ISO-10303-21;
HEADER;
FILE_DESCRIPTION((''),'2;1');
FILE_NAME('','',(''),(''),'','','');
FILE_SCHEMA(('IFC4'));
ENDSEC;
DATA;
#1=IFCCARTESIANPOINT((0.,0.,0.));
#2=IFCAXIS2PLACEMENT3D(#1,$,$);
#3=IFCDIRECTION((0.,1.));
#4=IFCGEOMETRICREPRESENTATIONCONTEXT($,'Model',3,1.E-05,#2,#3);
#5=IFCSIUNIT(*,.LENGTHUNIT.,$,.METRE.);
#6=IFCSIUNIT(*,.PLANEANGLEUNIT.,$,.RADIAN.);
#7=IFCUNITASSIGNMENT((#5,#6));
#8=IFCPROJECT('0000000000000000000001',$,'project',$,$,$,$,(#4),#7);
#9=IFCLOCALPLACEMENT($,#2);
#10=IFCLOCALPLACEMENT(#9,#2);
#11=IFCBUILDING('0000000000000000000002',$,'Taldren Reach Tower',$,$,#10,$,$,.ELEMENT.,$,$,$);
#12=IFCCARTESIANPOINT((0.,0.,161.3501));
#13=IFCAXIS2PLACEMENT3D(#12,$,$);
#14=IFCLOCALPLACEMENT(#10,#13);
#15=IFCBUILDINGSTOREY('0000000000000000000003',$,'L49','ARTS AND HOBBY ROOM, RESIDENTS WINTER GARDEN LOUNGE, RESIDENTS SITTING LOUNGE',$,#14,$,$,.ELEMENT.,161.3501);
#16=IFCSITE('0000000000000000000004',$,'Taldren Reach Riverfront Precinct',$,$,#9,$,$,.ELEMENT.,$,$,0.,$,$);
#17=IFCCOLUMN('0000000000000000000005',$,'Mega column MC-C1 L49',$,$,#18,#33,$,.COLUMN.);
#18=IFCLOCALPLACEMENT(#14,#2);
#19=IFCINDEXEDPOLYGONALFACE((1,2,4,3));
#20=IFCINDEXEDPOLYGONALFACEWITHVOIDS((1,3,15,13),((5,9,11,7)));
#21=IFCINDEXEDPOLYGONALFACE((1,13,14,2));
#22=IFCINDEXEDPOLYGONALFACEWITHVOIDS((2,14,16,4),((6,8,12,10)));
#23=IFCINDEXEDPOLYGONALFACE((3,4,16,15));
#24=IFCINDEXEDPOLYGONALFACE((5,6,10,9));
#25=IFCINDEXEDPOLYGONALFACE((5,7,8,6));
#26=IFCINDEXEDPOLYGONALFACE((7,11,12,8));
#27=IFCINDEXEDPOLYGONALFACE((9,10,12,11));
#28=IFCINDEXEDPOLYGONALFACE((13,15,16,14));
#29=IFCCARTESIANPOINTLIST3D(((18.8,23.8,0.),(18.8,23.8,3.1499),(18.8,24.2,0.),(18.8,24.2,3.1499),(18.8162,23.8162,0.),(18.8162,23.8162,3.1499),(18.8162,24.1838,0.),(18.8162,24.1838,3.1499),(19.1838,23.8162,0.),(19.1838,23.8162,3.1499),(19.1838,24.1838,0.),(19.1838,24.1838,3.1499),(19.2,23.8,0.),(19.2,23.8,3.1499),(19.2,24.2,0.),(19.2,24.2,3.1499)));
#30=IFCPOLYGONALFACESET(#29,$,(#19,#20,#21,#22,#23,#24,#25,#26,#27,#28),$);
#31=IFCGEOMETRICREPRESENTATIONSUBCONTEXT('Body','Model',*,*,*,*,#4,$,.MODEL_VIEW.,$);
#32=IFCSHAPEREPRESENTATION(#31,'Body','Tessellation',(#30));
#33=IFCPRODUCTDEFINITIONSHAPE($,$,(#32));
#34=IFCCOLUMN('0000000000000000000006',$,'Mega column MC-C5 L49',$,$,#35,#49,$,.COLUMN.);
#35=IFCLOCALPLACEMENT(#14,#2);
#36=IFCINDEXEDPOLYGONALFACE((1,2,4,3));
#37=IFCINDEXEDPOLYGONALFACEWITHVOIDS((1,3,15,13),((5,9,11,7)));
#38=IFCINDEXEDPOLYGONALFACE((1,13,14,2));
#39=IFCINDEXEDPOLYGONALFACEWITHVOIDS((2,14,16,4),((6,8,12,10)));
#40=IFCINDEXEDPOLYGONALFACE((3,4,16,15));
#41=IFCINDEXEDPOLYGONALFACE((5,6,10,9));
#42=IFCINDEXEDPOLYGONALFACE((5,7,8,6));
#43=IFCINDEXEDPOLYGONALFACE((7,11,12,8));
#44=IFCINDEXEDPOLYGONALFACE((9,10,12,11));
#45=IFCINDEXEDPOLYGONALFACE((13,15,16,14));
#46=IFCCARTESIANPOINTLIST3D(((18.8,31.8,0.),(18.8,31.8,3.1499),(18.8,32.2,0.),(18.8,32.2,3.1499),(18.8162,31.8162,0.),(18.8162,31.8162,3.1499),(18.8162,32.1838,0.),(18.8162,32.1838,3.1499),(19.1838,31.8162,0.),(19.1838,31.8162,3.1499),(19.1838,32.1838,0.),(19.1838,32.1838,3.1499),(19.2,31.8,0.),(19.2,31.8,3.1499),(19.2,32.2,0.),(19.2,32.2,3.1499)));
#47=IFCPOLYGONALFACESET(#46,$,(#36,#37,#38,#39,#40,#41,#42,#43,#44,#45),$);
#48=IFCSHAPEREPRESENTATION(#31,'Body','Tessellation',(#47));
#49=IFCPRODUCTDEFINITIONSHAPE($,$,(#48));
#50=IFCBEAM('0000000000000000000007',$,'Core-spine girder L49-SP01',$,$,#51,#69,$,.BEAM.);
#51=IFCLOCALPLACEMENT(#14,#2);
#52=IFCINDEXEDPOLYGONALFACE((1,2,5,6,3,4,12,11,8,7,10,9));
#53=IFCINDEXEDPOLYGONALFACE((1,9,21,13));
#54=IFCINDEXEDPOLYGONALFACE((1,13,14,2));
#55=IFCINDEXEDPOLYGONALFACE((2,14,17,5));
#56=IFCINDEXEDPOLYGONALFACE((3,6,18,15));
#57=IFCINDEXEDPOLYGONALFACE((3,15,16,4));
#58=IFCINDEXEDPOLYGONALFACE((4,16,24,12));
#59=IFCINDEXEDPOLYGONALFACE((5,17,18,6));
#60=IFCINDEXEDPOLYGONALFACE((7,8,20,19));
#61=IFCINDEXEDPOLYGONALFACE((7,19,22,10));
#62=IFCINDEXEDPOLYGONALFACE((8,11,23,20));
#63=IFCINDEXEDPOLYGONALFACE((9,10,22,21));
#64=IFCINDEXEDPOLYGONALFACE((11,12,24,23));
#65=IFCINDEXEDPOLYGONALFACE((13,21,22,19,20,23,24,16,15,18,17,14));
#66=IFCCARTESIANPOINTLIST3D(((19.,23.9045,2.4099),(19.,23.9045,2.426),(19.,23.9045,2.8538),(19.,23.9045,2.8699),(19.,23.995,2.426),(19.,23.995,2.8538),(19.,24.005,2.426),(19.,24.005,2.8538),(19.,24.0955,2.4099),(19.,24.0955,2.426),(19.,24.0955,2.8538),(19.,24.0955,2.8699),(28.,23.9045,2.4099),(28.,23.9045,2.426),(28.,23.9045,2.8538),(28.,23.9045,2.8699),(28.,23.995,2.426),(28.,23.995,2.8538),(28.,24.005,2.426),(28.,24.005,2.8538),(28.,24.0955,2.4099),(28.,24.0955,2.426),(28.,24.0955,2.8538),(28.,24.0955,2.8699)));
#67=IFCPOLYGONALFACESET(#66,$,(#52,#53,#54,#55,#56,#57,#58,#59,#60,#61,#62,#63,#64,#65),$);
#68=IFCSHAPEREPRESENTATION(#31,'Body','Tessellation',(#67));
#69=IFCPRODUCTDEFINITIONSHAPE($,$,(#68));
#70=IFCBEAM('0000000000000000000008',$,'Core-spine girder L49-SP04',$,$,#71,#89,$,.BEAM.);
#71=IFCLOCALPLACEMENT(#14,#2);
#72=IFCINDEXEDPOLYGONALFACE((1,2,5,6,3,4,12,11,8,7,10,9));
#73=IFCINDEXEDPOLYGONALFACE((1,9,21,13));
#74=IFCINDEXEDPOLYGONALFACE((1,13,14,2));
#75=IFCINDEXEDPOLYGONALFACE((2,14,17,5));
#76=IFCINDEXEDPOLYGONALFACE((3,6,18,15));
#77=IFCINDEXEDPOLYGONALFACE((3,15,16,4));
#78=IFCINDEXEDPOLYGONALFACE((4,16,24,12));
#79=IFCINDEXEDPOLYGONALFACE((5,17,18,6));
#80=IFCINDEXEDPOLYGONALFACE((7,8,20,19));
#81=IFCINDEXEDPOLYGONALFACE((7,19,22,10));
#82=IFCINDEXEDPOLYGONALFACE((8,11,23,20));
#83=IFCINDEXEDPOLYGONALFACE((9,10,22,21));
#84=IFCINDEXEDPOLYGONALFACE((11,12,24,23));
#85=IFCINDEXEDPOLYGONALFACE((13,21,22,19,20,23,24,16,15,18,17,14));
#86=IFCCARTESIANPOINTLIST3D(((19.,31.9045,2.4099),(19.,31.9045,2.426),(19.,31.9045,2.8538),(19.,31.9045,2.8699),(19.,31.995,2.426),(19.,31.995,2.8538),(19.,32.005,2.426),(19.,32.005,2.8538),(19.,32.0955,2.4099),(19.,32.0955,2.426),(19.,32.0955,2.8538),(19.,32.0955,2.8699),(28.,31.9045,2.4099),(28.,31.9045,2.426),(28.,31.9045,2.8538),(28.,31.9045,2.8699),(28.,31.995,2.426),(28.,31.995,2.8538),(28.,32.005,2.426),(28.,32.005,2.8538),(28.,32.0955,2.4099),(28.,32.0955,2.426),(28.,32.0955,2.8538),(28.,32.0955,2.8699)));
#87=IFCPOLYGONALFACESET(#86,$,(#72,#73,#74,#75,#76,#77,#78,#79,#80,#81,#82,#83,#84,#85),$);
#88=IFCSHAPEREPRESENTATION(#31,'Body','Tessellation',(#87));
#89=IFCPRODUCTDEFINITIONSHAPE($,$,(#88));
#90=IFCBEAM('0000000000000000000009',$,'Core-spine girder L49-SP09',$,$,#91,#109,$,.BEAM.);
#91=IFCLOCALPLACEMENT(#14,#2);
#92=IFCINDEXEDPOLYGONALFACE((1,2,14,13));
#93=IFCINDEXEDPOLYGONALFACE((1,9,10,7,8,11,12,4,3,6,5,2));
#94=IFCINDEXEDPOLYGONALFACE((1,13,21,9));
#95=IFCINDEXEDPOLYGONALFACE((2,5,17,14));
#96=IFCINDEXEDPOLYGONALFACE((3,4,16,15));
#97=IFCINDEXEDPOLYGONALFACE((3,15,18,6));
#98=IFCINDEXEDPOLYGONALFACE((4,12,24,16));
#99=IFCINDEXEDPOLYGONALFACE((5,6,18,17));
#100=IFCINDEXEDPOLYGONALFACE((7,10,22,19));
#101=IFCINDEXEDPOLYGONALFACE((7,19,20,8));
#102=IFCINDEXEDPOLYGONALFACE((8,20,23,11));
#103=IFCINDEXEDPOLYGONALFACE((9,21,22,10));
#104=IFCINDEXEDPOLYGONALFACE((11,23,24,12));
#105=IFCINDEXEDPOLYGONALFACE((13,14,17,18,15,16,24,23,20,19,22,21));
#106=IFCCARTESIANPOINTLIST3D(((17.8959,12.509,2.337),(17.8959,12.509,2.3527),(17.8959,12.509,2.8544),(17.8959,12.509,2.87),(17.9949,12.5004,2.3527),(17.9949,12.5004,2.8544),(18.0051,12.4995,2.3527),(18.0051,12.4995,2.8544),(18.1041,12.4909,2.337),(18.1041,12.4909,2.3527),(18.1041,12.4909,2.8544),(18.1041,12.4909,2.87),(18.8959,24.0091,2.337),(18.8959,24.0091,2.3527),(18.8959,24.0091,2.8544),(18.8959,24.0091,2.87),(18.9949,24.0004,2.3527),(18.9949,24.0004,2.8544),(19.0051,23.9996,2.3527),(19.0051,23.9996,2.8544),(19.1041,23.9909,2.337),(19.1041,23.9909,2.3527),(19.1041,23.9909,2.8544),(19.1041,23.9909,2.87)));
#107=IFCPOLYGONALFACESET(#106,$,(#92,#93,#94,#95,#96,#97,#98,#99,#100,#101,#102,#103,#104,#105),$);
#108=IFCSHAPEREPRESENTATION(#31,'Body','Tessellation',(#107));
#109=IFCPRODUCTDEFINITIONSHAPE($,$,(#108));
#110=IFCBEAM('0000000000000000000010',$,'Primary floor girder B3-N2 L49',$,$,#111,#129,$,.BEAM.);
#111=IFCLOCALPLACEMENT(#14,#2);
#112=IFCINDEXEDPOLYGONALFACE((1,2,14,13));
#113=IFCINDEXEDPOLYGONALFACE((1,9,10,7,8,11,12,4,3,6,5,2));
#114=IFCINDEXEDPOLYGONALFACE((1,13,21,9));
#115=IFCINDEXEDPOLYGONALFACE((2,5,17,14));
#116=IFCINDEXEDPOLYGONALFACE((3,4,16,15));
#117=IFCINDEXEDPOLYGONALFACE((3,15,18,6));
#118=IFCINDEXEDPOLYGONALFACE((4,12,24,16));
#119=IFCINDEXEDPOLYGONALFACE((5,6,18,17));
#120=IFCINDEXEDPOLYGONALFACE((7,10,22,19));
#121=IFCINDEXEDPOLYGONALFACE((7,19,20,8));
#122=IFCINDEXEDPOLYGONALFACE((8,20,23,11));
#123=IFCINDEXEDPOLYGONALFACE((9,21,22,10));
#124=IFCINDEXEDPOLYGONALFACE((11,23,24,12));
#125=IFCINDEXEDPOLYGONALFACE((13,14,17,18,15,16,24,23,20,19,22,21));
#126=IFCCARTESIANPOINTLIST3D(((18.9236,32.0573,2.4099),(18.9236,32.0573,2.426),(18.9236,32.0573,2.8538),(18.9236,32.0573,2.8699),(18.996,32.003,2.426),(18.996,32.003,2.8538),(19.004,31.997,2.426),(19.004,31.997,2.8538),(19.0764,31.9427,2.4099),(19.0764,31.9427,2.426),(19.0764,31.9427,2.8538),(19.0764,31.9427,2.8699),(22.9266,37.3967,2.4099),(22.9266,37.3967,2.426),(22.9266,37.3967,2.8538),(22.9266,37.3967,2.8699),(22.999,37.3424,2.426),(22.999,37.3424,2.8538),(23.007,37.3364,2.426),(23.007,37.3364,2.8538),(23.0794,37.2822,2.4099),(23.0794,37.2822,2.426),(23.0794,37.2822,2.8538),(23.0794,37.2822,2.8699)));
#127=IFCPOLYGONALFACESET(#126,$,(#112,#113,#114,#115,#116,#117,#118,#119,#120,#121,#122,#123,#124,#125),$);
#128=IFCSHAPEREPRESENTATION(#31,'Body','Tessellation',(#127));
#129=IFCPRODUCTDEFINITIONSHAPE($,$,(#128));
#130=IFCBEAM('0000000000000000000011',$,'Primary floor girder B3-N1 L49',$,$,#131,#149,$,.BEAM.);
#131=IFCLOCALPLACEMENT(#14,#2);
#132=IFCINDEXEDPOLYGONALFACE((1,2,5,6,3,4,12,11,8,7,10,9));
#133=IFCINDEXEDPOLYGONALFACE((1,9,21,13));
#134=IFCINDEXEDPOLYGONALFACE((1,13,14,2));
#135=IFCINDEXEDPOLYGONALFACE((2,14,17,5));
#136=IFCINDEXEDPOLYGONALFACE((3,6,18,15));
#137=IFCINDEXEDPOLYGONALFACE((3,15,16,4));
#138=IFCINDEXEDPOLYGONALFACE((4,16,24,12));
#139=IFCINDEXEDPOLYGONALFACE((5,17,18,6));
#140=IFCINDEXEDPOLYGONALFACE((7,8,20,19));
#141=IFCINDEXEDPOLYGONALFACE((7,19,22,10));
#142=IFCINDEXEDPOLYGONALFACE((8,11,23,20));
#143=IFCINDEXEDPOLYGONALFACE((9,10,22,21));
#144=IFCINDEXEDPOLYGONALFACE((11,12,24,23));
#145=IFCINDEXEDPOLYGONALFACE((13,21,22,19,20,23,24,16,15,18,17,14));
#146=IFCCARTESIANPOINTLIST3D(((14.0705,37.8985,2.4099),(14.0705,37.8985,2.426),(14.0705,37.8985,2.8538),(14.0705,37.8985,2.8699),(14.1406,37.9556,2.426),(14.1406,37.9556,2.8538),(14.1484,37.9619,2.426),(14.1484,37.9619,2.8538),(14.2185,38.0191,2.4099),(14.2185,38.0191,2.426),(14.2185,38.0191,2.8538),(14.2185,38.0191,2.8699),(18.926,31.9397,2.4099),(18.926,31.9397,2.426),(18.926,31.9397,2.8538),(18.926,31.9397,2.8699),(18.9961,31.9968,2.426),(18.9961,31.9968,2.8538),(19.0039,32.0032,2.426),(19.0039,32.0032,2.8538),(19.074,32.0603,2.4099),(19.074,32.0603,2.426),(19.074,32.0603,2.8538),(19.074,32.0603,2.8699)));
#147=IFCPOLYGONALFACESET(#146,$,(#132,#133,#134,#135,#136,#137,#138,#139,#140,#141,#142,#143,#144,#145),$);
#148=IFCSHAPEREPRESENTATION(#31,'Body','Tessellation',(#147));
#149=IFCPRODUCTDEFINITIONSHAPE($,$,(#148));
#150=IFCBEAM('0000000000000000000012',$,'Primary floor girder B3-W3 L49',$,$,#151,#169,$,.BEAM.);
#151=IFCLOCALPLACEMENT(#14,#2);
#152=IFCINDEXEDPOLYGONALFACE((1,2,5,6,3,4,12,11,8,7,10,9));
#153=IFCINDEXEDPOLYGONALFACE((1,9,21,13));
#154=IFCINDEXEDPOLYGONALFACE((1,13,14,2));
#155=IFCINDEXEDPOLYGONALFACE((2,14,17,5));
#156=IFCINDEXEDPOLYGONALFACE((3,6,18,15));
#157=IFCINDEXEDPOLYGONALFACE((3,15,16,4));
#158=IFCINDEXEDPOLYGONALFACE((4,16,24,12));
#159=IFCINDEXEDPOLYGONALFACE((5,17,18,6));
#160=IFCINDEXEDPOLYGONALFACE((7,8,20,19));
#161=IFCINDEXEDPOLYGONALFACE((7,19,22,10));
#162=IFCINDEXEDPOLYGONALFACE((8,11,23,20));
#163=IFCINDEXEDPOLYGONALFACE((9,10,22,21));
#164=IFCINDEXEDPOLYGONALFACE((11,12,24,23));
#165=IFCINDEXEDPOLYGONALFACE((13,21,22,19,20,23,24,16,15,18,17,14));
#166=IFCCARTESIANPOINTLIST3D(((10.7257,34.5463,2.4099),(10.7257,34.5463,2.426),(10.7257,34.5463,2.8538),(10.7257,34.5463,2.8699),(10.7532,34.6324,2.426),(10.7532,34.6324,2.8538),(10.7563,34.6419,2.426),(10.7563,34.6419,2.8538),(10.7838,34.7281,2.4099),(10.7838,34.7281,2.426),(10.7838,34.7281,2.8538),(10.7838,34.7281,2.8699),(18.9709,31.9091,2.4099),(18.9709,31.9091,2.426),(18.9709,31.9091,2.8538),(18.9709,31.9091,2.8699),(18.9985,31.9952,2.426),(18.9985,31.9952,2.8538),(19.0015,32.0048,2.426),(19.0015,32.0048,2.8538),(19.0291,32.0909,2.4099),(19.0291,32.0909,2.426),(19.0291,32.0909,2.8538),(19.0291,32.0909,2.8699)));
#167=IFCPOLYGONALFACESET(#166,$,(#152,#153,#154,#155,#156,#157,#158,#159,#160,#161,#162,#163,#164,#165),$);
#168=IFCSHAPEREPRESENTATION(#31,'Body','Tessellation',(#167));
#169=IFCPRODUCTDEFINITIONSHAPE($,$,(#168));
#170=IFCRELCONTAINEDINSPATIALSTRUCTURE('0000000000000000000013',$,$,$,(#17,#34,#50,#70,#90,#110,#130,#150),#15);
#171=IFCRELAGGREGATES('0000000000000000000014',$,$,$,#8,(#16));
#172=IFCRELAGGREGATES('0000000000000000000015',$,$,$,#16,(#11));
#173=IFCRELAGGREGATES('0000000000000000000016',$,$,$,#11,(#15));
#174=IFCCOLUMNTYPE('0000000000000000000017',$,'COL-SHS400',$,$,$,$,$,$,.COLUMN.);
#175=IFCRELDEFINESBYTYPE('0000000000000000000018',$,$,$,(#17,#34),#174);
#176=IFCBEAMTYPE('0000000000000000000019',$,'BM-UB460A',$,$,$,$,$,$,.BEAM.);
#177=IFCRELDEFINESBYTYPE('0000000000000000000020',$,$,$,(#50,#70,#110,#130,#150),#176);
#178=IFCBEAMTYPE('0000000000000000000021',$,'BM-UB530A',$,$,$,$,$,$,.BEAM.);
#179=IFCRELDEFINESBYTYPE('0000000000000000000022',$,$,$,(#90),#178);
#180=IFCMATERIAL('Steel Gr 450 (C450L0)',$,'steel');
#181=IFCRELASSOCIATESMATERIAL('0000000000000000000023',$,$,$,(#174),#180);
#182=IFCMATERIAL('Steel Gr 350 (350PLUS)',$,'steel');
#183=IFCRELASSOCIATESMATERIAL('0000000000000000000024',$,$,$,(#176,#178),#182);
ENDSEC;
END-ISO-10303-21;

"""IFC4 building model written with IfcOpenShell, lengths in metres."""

from ifc_helpers import new_model, si_unit, direction, frame, origin, origin_2d, place, context, subcontext, project, spatial, hollow_rectangle, i_section, extrude, source, transform, mapped, material, material_profile, profile_set, type_object, element, save


model = new_model("IFC4")

# Units and contexts
model_context = context("Model", 3, precision=1e-05, world=origin(), true_north=direction((0.0, 1.0)))
body_context = subcontext(model_context, "Body", "Model", "MODEL_VIEW")
ifc_project = project(units=[si_unit("LENGTHUNIT", "METRE"), si_unit("PLANEANGLEUNIT", "RADIAN")], contexts=[model_context])

# Site, building, storey
site_placement = place(None, origin())
site = spatial("IfcSite", under=ifc_project, at=site_placement, Name="Taldren Reach Riverfront Precinct", CompositionType="ELEMENT", RefElevation=0.0)
building_placement = place(site_placement, origin())
building = spatial("IfcBuilding", under=site, at=building_placement, Name="Taldren Reach Tower", CompositionType="ELEMENT")
storey_placement = place(building_placement, frame((0.0, 0.0, 161.3501)))
storey = spatial("IfcBuildingStorey", under=building, at=storey_placement, Name="L49", Description="ARTS AND HOBBY ROOM, RESIDENTS WINTER GARDEN LOUNGE, RESIDENTS SITTING LOUNGE", CompositionType="ELEMENT", Elevation=161.3501)

# Columns
ifc_material_1 = material(Name="Steel Gr 450 (C450L0)", Category="steel")
ifc_material_profile_1 = material_profile(ifc_material_1, hollow_rectangle(XDim=0.3999, YDim=0.3999, WallThickness=0.0161, at=origin_2d()), Name="400x400x16.0SHS")
ifc_profile_set_1 = profile_set([ifc_material_profile_1], Name="Steel Gr 450 (C450L0)")
column_type = type_object("IfcColumnType", Name="COL-SHS400", PredefinedType="COLUMN", material=ifc_profile_set_1)
shared_shape_1 = source(origin(), body_context, "Body", "SweptSolid", [
    extrude(hollow_rectangle(XDim=0.3999, YDim=0.3999, WallThickness=0.0161, at=origin_2d()), origin(), (0.0, 0.0, 1.0), 3.1499),
])
for number, where, z_axis, x_axis, name in (
    (1, (19.0, 24.0, 0.0), (0.0, 0.0, 1.0), (1.0, 0.0, 0.0), "Mega column MC-C1 L49"),
    (2, (19.0, 32.0, 0.0), (0.0, 0.0, 1.0), (1.0, 0.0, 0.0), "Mega column MC-C5 L49"),
):
    element("IfcColumn", number, at=place(storey_placement, frame(where, z_axis=z_axis, x_axis=x_axis)), inside=storey, type_object=column_type, Name=name, PredefinedType="COLUMN", context=body_context, shape_type="MappedRepresentation", body=[
        mapped(shared_shape_1, transform((0.0, 0.0, 0.0), scale=1.0)),
    ])

# Beams
ifc_material_2 = material(Name="Steel Gr 350 (350PLUS)", Category="steel")
ifc_material_profile_2 = material_profile(ifc_material_2, i_section(OverallWidth=0.1909, OverallDepth=0.46, WebThickness=0.01, FlangeThickness=0.0161, at=origin_2d()), Name="460UB82.1")
ifc_profile_set_2 = profile_set([ifc_material_profile_2], Name="Steel Gr 350 (350PLUS)")
beam_type_1 = type_object("IfcBeamType", Name="BM-UB460A", PredefinedType="BEAM", material=ifc_profile_set_2)
shared_shape_2 = source(origin(), body_context, "Body", "SweptSolid", [
    extrude(i_section(OverallWidth=0.1909, OverallDepth=0.46, WebThickness=0.01, FlangeThickness=0.0161, at=origin_2d()), origin(), (0.0, 0.0, 1.0), 9.0),
])
for number, where, z_axis, x_axis, name in (
    (3, (19.0, 24.0, 2.6399), (1.0, 0.0, 0.0), (0.0, 1.0, 0.0), "Core-spine girder L49-SP01"),
    (4, (19.0, 32.0, 2.6399), (1.0, 0.0, 0.0), (0.0, 1.0, 0.0), "Core-spine girder L49-SP04"),
):
    element("IfcBeam", number, at=place(storey_placement, frame(where, z_axis=z_axis, x_axis=x_axis)), inside=storey, type_object=beam_type_1, Name=name, PredefinedType="BEAM", context=body_context, shape_type="MappedRepresentation", body=[
        mapped(shared_shape_2, transform((0.0, 0.0, 0.0), scale=1.0)),
    ])
ifc_material_profile_3 = material_profile(ifc_material_2, i_section(OverallWidth=0.209, OverallDepth=0.533, WebThickness=0.0103, FlangeThickness=0.0156, at=origin_2d()), Name="530UB92.4")
ifc_profile_set_3 = profile_set([ifc_material_profile_3], Name="Steel Gr 350 (350PLUS)")
beam_type_2 = type_object("IfcBeamType", Name="BM-UB530A", PredefinedType="BEAM", material=ifc_profile_set_3)
shared_shape_3 = source(origin(), body_context, "Body", "SweptSolid", [
    extrude(i_section(OverallWidth=0.209, OverallDepth=0.533, WebThickness=0.0103, FlangeThickness=0.0156, at=origin_2d()), origin(), (0.0, 0.0, 1.0), 11.5435),
])
beam_1_placement = place(storey_placement, frame((19.0, 24.0, 2.6035), z_axis=(-0.08663, -0.996241, 0.0), x_axis=(0.996241, -0.08663, 0.0)))
element("IfcBeam", 5, at=beam_1_placement, inside=storey, type_object=beam_type_2, Name="Core-spine girder L49-SP09", PredefinedType="BEAM", context=body_context, shape_type="MappedRepresentation", body=[
    mapped(shared_shape_3, transform((0.0, 0.0, 0.0), scale=1.0)),
])
shared_shape_4 = source(origin(), body_context, "Body", "SweptSolid", [
    extrude(i_section(OverallWidth=0.1909, OverallDepth=0.46, WebThickness=0.01, FlangeThickness=0.0161, at=origin_2d()), origin(), (0.0, 0.0, 1.0), 6.6733),
])
beam_2_placement = place(storey_placement, frame((19.0, 32.0, 2.6399), z_axis=(0.599848, 0.800114, 0.0), x_axis=(-0.800114, 0.599848, 0.0)))
element("IfcBeam", 6, at=beam_2_placement, inside=storey, type_object=beam_type_1, Name="Primary floor girder B3-N2 L49", PredefinedType="BEAM", context=body_context, shape_type="MappedRepresentation", body=[
    mapped(shared_shape_4, transform((0.0, 0.0, 0.0), scale=1.0)),
])
shared_shape_5 = source(origin(), body_context, "Body", "SweptSolid", [
    extrude(i_section(OverallWidth=0.1909, OverallDepth=0.46, WebThickness=0.01, FlangeThickness=0.0161, at=origin_2d()), origin(), (0.0, 0.0, 1.0), 7.6865),
])
beam_3_placement = place(storey_placement, frame((19.0, 32.0, 2.6399), z_axis=(-0.631689, 0.775222, 0.0), x_axis=(-0.775222, -0.631689, 0.0)))
element("IfcBeam", 7, at=beam_3_placement, inside=storey, type_object=beam_type_1, Name="Primary floor girder B3-N1 L49", PredefinedType="BEAM", context=body_context, shape_type="MappedRepresentation", body=[
    mapped(shared_shape_5, transform((0.0, 0.0, 0.0), scale=1.0)),
])
shared_shape_6 = source(origin(), body_context, "Body", "SweptSolid", [
    extrude(i_section(OverallWidth=0.1909, OverallDepth=0.46, WebThickness=0.01, FlangeThickness=0.0161, at=origin_2d()), origin(), (0.0, 0.0, 1.0), 8.6567),
])
beam_4_placement = place(storey_placement, frame((19.0, 32.0, 2.6399), z_axis=(-0.952468, 0.304639, 0.0), x_axis=(-0.304639, -0.952468, 0.0)))
element("IfcBeam", 8, at=beam_4_placement, inside=storey, type_object=beam_type_1, Name="Primary floor girder B3-W3 L49", PredefinedType="BEAM", context=body_context, shape_type="MappedRepresentation", body=[
    mapped(shared_shape_6, transform((0.0, 0.0, 0.0), scale=1.0)),
])

save(model, "model.ifc")
